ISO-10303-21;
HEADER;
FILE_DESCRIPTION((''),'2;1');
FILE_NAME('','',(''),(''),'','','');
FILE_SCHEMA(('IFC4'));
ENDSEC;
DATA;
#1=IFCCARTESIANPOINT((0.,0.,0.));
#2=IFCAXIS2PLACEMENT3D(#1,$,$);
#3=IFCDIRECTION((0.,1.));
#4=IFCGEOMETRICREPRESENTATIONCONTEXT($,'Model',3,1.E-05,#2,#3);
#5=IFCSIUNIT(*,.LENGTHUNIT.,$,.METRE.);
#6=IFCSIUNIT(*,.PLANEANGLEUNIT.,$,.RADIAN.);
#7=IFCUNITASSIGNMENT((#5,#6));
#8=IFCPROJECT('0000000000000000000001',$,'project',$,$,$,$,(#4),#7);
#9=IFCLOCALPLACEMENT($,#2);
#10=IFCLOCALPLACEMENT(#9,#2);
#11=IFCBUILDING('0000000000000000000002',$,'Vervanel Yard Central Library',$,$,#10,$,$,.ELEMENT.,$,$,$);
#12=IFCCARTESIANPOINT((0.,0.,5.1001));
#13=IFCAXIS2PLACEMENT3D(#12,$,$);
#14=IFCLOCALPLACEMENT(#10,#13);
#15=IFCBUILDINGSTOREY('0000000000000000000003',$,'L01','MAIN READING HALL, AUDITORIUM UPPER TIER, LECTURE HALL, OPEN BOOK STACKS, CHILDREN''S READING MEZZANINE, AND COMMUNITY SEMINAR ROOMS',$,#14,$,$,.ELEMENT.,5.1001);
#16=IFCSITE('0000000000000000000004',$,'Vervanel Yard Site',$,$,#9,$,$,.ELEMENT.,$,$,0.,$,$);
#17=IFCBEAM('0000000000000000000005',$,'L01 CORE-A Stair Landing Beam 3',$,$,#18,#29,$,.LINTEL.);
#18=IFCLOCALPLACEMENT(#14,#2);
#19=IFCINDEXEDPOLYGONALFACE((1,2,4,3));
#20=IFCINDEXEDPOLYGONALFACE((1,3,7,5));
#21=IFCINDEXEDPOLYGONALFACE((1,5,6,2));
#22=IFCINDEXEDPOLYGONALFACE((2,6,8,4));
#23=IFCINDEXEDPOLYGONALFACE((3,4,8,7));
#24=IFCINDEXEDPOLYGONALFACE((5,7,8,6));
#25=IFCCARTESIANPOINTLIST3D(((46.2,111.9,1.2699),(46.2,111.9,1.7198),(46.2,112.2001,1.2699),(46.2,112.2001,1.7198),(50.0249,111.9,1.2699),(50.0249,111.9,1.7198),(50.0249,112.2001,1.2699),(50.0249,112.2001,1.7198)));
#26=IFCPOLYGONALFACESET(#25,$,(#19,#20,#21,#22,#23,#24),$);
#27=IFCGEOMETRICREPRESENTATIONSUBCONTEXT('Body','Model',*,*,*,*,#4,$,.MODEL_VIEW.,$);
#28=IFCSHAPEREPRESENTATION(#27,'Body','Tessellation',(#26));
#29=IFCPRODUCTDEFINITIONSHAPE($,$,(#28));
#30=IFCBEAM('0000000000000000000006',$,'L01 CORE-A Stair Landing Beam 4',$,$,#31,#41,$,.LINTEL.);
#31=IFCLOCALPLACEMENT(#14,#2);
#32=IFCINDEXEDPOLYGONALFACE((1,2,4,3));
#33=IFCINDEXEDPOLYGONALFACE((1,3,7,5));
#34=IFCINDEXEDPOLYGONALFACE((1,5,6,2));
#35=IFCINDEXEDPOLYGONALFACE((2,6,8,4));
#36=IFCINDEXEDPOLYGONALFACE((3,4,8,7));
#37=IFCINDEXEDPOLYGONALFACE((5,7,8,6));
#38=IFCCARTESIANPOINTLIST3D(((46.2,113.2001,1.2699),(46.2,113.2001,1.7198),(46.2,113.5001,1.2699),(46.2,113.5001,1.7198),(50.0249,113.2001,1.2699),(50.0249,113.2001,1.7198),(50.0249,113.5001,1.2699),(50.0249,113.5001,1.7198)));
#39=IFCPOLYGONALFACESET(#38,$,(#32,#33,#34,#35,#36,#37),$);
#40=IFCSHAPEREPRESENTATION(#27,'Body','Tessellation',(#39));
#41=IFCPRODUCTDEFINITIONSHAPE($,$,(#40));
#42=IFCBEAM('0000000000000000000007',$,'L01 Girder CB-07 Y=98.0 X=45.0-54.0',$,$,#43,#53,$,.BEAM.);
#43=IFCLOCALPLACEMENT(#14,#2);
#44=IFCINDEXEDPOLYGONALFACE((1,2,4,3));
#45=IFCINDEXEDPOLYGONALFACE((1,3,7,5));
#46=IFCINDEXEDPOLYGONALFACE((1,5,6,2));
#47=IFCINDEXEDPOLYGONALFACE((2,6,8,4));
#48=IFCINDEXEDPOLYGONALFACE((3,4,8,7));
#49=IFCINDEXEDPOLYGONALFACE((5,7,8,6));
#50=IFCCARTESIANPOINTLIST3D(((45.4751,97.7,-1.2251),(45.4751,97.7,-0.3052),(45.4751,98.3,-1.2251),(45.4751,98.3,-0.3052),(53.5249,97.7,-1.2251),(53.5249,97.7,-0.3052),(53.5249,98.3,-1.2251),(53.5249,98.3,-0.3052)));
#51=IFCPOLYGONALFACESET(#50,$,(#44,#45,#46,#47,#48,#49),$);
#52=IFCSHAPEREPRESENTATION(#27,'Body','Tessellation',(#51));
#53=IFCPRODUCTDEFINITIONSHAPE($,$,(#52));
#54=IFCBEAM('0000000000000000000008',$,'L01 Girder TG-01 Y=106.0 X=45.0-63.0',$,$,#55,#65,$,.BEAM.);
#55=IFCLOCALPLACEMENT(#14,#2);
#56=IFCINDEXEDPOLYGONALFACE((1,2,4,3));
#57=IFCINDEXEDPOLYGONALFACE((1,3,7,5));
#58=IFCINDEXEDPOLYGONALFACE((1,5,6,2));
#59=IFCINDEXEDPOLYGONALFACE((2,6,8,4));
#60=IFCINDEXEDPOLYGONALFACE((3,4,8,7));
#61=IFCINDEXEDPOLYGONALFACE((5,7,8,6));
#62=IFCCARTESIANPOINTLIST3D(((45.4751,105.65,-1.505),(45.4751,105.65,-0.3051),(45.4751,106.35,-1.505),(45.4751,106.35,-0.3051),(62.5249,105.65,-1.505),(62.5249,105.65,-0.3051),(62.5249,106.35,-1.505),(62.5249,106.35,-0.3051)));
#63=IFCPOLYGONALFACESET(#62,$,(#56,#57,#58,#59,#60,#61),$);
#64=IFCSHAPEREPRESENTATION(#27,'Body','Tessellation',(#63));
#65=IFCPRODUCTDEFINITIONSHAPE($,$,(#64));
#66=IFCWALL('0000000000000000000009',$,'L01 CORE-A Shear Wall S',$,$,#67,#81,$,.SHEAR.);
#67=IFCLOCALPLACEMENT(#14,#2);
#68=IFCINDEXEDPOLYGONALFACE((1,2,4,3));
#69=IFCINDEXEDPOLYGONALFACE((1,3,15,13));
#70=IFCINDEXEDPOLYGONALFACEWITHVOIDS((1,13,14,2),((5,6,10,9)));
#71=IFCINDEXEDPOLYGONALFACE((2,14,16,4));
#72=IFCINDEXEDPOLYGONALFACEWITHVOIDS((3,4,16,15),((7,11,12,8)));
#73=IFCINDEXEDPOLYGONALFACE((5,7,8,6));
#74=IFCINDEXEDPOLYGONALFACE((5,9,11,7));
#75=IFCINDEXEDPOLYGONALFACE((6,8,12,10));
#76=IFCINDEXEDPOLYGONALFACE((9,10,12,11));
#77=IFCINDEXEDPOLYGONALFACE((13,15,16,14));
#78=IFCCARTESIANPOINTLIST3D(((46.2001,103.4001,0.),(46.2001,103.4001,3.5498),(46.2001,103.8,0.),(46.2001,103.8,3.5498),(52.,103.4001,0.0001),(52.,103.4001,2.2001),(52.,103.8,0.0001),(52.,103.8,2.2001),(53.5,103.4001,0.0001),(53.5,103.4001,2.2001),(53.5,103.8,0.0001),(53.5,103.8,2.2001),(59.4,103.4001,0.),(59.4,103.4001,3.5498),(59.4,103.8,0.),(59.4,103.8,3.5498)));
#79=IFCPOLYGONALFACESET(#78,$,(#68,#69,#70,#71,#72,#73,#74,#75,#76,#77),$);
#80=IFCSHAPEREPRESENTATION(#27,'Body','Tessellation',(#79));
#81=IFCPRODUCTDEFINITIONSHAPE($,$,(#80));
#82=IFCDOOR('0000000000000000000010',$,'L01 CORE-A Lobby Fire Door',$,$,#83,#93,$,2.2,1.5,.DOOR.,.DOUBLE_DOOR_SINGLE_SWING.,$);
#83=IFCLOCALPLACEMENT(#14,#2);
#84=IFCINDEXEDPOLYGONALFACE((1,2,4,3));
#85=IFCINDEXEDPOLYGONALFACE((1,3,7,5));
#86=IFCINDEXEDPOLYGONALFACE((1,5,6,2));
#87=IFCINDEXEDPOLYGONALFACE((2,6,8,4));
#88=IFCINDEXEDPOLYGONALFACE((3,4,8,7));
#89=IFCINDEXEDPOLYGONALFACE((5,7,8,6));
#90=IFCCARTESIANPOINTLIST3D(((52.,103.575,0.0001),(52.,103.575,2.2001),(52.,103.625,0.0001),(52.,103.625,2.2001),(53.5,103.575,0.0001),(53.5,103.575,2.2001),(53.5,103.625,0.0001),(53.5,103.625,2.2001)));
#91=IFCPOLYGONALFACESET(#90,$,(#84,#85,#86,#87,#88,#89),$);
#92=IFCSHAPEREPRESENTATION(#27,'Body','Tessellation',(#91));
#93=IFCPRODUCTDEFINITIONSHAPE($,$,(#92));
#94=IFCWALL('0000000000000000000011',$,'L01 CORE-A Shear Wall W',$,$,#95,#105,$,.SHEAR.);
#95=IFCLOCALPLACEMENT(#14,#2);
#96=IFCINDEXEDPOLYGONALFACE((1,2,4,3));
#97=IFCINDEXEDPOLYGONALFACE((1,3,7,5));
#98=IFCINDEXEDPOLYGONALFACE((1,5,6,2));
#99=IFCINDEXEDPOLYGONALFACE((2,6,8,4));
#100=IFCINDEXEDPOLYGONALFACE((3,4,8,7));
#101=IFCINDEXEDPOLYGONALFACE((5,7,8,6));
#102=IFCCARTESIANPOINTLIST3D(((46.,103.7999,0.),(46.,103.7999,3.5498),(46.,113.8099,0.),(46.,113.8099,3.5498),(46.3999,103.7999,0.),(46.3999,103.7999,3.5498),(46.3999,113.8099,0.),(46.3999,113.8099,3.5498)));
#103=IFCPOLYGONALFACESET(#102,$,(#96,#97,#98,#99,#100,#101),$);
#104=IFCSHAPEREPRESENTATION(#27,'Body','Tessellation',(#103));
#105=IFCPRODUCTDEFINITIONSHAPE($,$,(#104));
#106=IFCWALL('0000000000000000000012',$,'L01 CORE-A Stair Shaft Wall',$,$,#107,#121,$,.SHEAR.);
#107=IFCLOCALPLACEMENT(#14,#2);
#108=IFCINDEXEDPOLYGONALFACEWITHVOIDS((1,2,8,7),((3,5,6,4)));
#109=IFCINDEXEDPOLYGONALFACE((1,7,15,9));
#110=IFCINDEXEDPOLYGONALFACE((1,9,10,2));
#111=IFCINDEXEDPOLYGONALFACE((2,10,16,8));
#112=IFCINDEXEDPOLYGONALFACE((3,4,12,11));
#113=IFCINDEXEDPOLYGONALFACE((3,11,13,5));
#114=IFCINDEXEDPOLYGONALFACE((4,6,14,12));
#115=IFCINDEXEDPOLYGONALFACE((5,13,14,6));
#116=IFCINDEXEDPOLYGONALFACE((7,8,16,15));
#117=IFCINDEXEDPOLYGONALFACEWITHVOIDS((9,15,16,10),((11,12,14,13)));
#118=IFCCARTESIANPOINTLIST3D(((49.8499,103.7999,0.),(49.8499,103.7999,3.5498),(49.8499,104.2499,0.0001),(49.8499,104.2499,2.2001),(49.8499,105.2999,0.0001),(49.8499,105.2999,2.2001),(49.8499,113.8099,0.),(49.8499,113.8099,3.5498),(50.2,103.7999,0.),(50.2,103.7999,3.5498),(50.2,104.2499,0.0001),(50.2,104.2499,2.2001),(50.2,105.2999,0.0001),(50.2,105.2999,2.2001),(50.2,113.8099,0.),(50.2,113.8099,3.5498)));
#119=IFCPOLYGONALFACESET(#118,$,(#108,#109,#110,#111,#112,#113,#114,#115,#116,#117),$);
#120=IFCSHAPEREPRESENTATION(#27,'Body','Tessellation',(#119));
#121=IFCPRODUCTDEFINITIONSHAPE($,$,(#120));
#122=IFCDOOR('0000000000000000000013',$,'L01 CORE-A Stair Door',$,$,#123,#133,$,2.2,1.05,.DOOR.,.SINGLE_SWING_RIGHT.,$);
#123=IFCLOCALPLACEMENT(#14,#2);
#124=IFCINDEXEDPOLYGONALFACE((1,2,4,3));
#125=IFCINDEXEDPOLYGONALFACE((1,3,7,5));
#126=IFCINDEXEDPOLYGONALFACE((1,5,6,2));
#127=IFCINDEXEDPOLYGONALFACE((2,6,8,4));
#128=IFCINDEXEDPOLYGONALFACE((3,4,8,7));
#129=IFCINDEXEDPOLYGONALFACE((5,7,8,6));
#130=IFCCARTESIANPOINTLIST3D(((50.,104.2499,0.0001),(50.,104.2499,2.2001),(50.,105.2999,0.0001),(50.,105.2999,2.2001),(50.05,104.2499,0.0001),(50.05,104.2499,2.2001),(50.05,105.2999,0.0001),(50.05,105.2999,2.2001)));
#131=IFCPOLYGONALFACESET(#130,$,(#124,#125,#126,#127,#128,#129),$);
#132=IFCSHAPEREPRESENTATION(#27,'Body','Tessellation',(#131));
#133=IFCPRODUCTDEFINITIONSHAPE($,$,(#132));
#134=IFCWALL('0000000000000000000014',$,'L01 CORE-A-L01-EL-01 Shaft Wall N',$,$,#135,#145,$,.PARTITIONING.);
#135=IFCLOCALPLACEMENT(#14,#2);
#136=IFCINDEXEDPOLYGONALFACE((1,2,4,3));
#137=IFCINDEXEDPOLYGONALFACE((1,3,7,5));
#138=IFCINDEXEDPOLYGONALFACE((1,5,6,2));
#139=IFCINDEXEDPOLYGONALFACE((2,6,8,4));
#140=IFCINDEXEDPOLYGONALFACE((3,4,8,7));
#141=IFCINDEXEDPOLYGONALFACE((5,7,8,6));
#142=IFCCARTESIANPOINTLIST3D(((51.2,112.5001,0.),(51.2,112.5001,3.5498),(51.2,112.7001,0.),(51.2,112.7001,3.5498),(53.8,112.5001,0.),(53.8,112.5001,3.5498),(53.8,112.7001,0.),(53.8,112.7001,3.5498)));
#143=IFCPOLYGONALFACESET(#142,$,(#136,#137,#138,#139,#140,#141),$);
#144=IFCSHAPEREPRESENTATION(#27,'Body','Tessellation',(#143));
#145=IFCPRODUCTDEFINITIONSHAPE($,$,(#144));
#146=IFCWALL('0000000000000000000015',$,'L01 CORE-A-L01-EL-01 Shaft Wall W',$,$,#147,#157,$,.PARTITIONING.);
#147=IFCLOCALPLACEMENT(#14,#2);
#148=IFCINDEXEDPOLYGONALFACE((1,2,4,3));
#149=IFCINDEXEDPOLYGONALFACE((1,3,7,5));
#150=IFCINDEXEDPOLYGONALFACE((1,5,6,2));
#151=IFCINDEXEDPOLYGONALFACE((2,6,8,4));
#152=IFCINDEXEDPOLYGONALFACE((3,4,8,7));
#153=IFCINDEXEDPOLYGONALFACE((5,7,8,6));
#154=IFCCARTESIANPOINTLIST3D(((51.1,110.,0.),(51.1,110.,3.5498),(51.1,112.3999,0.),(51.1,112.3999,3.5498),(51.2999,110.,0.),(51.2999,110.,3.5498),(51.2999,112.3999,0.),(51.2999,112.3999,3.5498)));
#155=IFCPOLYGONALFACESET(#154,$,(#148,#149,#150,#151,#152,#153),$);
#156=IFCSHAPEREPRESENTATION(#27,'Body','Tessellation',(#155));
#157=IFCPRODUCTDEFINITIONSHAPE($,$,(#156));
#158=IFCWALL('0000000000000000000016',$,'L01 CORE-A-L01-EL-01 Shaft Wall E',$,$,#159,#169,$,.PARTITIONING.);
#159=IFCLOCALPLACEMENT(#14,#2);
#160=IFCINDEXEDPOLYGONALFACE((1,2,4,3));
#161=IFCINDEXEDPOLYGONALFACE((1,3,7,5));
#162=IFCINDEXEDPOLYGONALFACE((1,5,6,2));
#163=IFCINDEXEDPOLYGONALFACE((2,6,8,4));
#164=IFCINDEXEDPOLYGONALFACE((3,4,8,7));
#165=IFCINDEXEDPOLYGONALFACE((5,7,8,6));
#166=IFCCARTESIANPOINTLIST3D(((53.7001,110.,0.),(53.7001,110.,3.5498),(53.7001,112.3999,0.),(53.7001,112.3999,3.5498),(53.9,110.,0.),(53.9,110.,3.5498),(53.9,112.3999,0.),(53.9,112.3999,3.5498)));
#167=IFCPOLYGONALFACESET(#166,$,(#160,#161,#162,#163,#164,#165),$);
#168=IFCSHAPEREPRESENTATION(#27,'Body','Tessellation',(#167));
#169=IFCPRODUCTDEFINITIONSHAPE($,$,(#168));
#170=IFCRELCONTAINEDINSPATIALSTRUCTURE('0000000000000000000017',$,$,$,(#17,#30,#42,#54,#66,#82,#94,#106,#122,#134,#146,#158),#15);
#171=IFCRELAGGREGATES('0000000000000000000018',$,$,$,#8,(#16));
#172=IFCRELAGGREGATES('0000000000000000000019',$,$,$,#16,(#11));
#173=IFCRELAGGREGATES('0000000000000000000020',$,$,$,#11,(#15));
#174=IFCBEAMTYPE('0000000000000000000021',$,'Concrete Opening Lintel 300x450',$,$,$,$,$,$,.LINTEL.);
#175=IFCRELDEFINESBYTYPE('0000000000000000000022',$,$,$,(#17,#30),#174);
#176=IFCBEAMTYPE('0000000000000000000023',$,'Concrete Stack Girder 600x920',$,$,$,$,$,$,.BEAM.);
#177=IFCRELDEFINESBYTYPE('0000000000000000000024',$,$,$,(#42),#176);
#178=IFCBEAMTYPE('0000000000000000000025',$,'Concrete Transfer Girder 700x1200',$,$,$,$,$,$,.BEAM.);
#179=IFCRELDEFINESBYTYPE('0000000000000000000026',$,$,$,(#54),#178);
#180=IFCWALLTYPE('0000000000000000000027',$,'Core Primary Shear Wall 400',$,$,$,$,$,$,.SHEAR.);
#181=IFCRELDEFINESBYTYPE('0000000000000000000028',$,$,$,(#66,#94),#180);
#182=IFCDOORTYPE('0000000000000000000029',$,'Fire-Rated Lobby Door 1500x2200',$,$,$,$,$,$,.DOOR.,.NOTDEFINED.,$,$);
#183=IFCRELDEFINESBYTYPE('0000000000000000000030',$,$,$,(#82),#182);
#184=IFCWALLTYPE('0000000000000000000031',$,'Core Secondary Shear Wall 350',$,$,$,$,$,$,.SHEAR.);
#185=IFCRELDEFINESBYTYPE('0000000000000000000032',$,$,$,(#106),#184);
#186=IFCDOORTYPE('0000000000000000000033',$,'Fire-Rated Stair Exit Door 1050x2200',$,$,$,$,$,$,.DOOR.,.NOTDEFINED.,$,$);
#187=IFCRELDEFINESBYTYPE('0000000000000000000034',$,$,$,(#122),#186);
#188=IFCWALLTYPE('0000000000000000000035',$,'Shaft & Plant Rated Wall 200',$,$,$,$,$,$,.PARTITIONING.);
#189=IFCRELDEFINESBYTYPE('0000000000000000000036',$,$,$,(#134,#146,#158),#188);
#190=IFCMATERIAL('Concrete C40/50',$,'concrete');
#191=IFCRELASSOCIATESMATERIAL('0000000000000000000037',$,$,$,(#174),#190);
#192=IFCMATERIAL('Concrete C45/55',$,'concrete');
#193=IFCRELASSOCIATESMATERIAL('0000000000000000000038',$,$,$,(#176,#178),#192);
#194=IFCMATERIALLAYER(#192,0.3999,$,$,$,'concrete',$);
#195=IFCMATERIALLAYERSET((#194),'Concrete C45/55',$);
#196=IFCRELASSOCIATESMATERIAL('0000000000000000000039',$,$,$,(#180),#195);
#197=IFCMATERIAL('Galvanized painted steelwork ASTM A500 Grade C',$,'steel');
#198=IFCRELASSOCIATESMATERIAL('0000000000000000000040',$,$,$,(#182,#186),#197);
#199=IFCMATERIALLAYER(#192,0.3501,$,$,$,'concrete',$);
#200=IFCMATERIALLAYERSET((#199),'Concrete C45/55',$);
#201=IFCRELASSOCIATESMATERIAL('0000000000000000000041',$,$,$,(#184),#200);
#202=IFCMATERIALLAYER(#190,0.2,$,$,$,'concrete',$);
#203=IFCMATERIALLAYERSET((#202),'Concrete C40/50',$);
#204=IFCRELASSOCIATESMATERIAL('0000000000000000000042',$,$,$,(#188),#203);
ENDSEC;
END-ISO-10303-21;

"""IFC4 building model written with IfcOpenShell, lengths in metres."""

from ifc_helpers import new_model, si_unit, direction, frame, frame_2d, origin, origin_2d, place, context, subcontext, project, spatial, rectangle, extrude, material, layer, layer_set, material_profile, profile_set, type_object, element, fill, save


model = new_model("IFC4")

# Units and contexts
model_context = context("Model", 3, precision=1e-05, world=origin(), true_north=direction((0.0, 1.0)))
body_context = subcontext(model_context, "Body", "Model", "MODEL_VIEW")
ifc_project = project(units=[si_unit("LENGTHUNIT", "METRE"), si_unit("PLANEANGLEUNIT", "RADIAN")], contexts=[model_context])

# Site, building, storey
site_placement = place(None, origin())
site = spatial("IfcSite", under=ifc_project, at=site_placement, Name="Vervanel Yard Site", CompositionType="ELEMENT", RefElevation=0.0)
building_placement = place(site_placement, origin())
building = spatial("IfcBuilding", under=site, at=building_placement, Name="Vervanel Yard Central Library", CompositionType="ELEMENT")
storey_placement = place(building_placement, frame((0.0, 0.0, 5.1001)))
storey = spatial("IfcBuildingStorey", under=building, at=storey_placement, Name="L01", Description="MAIN READING HALL, AUDITORIUM UPPER TIER, LECTURE HALL, OPEN BOOK STACKS, CHILDREN'S READING MEZZANINE, AND COMMUNITY SEMINAR ROOMS", CompositionType="ELEMENT", Elevation=5.1001)

# Beams
ifc_material_1 = material(Name="Concrete C40/50", Category="concrete")
ifc_material_profile_1 = material_profile(ifc_material_1, rectangle(XDim=0.3, YDim=0.45, at=origin_2d()), Name="RC 300x450", Category="concrete")
ifc_profile_set_1 = profile_set([ifc_material_profile_1], Name="Concrete C40/50")
beam_type_1 = type_object("IfcBeamType", Name="Concrete Opening Lintel 300x450", PredefinedType="LINTEL", material=ifc_profile_set_1)
for number, where, z_axis, x_axis, name in (
    (1, (46.2, 112.05, 1.4949), (1.0, 0.0, 0.0), (0.0, 1.0, 0.0), "L01 CORE-A Stair Landing Beam 3"),
    (2, (46.2, 113.3501, 1.4949), (1.0, 0.0, 0.0), (0.0, 1.0, 0.0), "L01 CORE-A Stair Landing Beam 4"),
):
    element("IfcBeam", number, at=place(storey_placement, frame(where, z_axis=z_axis, x_axis=x_axis)), inside=storey, type_object=beam_type_1, Name=name, PredefinedType="LINTEL", context=body_context, shape_type="SweptSolid", body=[
        extrude(rectangle(XDim=0.3, YDim=0.45, at=origin_2d()), origin(), (0.0, 0.0, 1.0), 3.825),
    ])
ifc_material_2 = material(Name="Concrete C45/55", Category="concrete")
ifc_material_profile_2 = material_profile(ifc_material_2, rectangle(XDim=0.6001, YDim=0.9199, at=origin_2d()), Name="RC 600x920", Category="concrete")
ifc_profile_set_2 = profile_set([ifc_material_profile_2], Name="Concrete C45/55")
beam_type_2 = type_object("IfcBeamType", Name="Concrete Stack Girder 600x920", PredefinedType="BEAM", material=ifc_profile_set_2)
beam_1_placement = place(storey_placement, frame((45.4751, 98.0, -0.7651), z_axis=(1.0, 0.0, 0.0), x_axis=(0.0, 1.0, 0.0)))
element("IfcBeam", 3, at=beam_1_placement, inside=storey, type_object=beam_type_2, Name="L01 Girder CB-07 Y=98.0 X=45.0-54.0", PredefinedType="BEAM", context=body_context, shape_type="SweptSolid", body=[
    extrude(rectangle(XDim=0.6001, YDim=0.9199, at=origin_2d()), origin(), (0.0, 0.0, 1.0), 8.0498),
])
ifc_material_profile_3 = material_profile(ifc_material_2, rectangle(XDim=0.7, YDim=1.2, at=origin_2d()), Name="RC 700x1200", Category="concrete")
ifc_profile_set_3 = profile_set([ifc_material_profile_3], Name="Concrete C45/55")
beam_type_3 = type_object("IfcBeamType", Name="Concrete Transfer Girder 700x1200", PredefinedType="BEAM", material=ifc_profile_set_3)
beam_2_placement = place(storey_placement, frame((45.4751, 106.0, -0.905), z_axis=(1.0, 0.0, 0.0), x_axis=(0.0, 1.0, 0.0)))
element("IfcBeam", 4, at=beam_2_placement, inside=storey, type_object=beam_type_3, Name="L01 Girder TG-01 Y=106.0 X=45.0-63.0", PredefinedType="BEAM", context=body_context, shape_type="SweptSolid", body=[
    extrude(rectangle(XDim=0.7, YDim=1.2, at=origin_2d()), origin(), (0.0, 0.0, 1.0), 17.0498),
])

# Wall, opening, door
ifc_layer_1 = layer(ifc_material_2, 0.3999, Category="concrete")
ifc_layer_set_1 = layer_set([ifc_layer_1], Name="Concrete C45/55")
wall_type_1 = type_object("IfcWallType", Name="Core Primary Shear Wall 400", PredefinedType="SHEAR", material=ifc_layer_set_1)
wall_1_placement = place(storey_placement, frame((46.2, 103.6001, 0.0), z_axis=(0.0, 0.0, 1.0), x_axis=(1.0, 0.0, 0.0)))
wall_1 = element("IfcWall", 5, at=wall_1_placement, inside=storey, type_object=wall_type_1, Name="L01 CORE-A Shear Wall S", PredefinedType="SHEAR", context=body_context, shape_type="SweptSolid", body=[
    extrude(rectangle(XDim=13.2, YDim=0.3999, at=frame_2d((6.6001, 0.0))), origin(), (0.0, 0.0, 1.0), 3.5498),
])
opening_1_placement = place(wall_1_placement, frame((5.8, 0.0, 0.0)))
opening_1 = element("IfcOpeningElement", 6, at=opening_1_placement, cuts=wall_1, PredefinedType="OPENING", context=body_context, shape_type="SweptSolid", body=[
    extrude(rectangle(XDim=1.5, YDim=2.2, at=frame_2d((0.75, 1.1001))), frame((0.0, 0.21, 0.0), z_axis=(0.0, -1.0, 0.0), x_axis=(1.0, 0.0, 0.0)), (0.0, 0.0, 1.0), 0.4199),
])
ifc_material_3 = material(Name="Galvanized painted steelwork ASTM A500 Grade C", Category="steel")
door_type_1 = type_object("IfcDoorType", Name="Fire-Rated Lobby Door 1500x2200", OperationType="NOTDEFINED", PredefinedType="DOOR", material=ifc_material_3)
door_1_placement = place(opening_1_placement, origin())
door_1 = element("IfcDoor", 7, at=door_1_placement, inside=storey, type_object=door_type_1, Name="L01 CORE-A Lobby Fire Door", OperationType="DOUBLE_DOOR_SINGLE_SWING", OverallHeight=2.2, OverallWidth=1.5, PredefinedType="DOOR", context=body_context, shape_type="SweptSolid", body=[
    extrude(rectangle(XDim=1.5, YDim=2.2, at=frame_2d((0.75, 1.1001))), frame((0.0, 0.0249, 0.0), z_axis=(0.0, -1.0, 0.0), x_axis=(1.0, 0.0, 0.0)), (0.0, 0.0, 1.0), 0.05),
])
fill(opening_1, door_1)

# Wall
wall_2_placement = place(storey_placement, frame((46.2, 103.8, 0.0), z_axis=(0.0, 0.0, 1.0), x_axis=(0.0, 1.0, 0.0)))
element("IfcWall", 8, at=wall_2_placement, inside=storey, type_object=wall_type_1, Name="L01 CORE-A Shear Wall W", PredefinedType="SHEAR", context=body_context, shape_type="SweptSolid", body=[
    extrude(rectangle(XDim=10.01, YDim=0.3999, at=frame_2d((5.0049, 0.0))), origin(), (0.0, 0.0, 1.0), 3.5498),
])

# Wall, opening, door
ifc_layer_2 = layer(ifc_material_2, 0.3501, Category="concrete")
ifc_layer_set_2 = layer_set([ifc_layer_2], Name="Concrete C45/55")
wall_type_2 = type_object("IfcWallType", Name="Core Secondary Shear Wall 350", PredefinedType="SHEAR", material=ifc_layer_set_2)
wall_3_placement = place(storey_placement, frame((50.0249, 103.8, 0.0), z_axis=(0.0, 0.0, 1.0), x_axis=(0.0, 1.0, 0.0)))
wall_3 = element("IfcWall", 9, at=wall_3_placement, inside=storey, type_object=wall_type_2, Name="L01 CORE-A Stair Shaft Wall", PredefinedType="SHEAR", context=body_context, shape_type="SweptSolid", body=[
    extrude(rectangle(XDim=10.01, YDim=0.3501, at=frame_2d((5.0049, 0.0))), origin(), (0.0, 0.0, 1.0), 3.5498),
])
opening_2_placement = place(wall_3_placement, frame((0.45, 0.0, 0.0)))
opening_2 = element("IfcOpeningElement", 10, at=opening_2_placement, cuts=wall_3, PredefinedType="OPENING", context=body_context, shape_type="SweptSolid", body=[
    extrude(rectangle(XDim=1.05, YDim=2.2, at=frame_2d((0.5249, 1.1001))), frame((0.0, 0.1851, 0.0), z_axis=(0.0, -1.0, 0.0), x_axis=(1.0, 0.0, 0.0)), (0.0, 0.0, 1.0), 0.3701),
])
door_type_2 = type_object("IfcDoorType", Name="Fire-Rated Stair Exit Door 1050x2200", OperationType="NOTDEFINED", PredefinedType="DOOR", material=ifc_material_3)
door_2_placement = place(opening_2_placement, origin())
door_2 = element("IfcDoor", 11, at=door_2_placement, inside=storey, type_object=door_type_2, Name="L01 CORE-A Stair Door", OperationType="SINGLE_SWING_RIGHT", OverallHeight=2.2, OverallWidth=1.05, PredefinedType="DOOR", context=body_context, shape_type="SweptSolid", body=[
    extrude(rectangle(XDim=1.05, YDim=2.2, at=frame_2d((0.5249, 1.1001))), frame((0.0, 0.0249, 0.0), z_axis=(0.0, -1.0, 0.0), x_axis=(1.0, 0.0, 0.0)), (0.0, 0.0, 1.0), 0.05),
])
fill(opening_2, door_2)
ifc_layer_3 = layer(ifc_material_1, 0.2, Category="concrete")
ifc_layer_set_3 = layer_set([ifc_layer_3], Name="Concrete C40/50")
wall_type_3 = type_object("IfcWallType", Name="Shaft & Plant Rated Wall 200", PredefinedType="PARTITIONING", material=ifc_layer_set_3)

# Walls
wall_4_placement = place(storey_placement, frame((51.2, 112.6001, 0.0), z_axis=(0.0, 0.0, 1.0), x_axis=(1.0, 0.0, 0.0)))
element("IfcWall", 12, at=wall_4_placement, inside=storey, type_object=wall_type_3, Name="L01 CORE-A-L01-EL-01 Shaft Wall N", PredefinedType="PARTITIONING", context=body_context, shape_type="SweptSolid", body=[
    extrude(rectangle(XDim=2.6001, YDim=0.2, at=frame_2d((1.3, 0.0))), origin(), (0.0, 0.0, 1.0), 3.5498),
])
for number, where, z_axis, x_axis, name in (
    (13, (51.2, 110.0, 0.0), (0.0, 0.0, 1.0), (0.0, 1.0, 0.0), "L01 CORE-A-L01-EL-01 Shaft Wall W"),
    (14, (53.8, 110.0, 0.0), (0.0, 0.0, 1.0), (0.0, 1.0, 0.0), "L01 CORE-A-L01-EL-01 Shaft Wall E"),
):
    element("IfcWall", number, at=place(storey_placement, frame(where, z_axis=z_axis, x_axis=x_axis)), inside=storey, type_object=wall_type_3, Name=name, PredefinedType="PARTITIONING", context=body_context, shape_type="SweptSolid", body=[
        extrude(rectangle(XDim=2.3999, YDim=0.2, at=frame_2d((1.2, 0.0))), origin(), (0.0, 0.0, 1.0), 3.5498),
    ])

save(model, "model.ifc")
